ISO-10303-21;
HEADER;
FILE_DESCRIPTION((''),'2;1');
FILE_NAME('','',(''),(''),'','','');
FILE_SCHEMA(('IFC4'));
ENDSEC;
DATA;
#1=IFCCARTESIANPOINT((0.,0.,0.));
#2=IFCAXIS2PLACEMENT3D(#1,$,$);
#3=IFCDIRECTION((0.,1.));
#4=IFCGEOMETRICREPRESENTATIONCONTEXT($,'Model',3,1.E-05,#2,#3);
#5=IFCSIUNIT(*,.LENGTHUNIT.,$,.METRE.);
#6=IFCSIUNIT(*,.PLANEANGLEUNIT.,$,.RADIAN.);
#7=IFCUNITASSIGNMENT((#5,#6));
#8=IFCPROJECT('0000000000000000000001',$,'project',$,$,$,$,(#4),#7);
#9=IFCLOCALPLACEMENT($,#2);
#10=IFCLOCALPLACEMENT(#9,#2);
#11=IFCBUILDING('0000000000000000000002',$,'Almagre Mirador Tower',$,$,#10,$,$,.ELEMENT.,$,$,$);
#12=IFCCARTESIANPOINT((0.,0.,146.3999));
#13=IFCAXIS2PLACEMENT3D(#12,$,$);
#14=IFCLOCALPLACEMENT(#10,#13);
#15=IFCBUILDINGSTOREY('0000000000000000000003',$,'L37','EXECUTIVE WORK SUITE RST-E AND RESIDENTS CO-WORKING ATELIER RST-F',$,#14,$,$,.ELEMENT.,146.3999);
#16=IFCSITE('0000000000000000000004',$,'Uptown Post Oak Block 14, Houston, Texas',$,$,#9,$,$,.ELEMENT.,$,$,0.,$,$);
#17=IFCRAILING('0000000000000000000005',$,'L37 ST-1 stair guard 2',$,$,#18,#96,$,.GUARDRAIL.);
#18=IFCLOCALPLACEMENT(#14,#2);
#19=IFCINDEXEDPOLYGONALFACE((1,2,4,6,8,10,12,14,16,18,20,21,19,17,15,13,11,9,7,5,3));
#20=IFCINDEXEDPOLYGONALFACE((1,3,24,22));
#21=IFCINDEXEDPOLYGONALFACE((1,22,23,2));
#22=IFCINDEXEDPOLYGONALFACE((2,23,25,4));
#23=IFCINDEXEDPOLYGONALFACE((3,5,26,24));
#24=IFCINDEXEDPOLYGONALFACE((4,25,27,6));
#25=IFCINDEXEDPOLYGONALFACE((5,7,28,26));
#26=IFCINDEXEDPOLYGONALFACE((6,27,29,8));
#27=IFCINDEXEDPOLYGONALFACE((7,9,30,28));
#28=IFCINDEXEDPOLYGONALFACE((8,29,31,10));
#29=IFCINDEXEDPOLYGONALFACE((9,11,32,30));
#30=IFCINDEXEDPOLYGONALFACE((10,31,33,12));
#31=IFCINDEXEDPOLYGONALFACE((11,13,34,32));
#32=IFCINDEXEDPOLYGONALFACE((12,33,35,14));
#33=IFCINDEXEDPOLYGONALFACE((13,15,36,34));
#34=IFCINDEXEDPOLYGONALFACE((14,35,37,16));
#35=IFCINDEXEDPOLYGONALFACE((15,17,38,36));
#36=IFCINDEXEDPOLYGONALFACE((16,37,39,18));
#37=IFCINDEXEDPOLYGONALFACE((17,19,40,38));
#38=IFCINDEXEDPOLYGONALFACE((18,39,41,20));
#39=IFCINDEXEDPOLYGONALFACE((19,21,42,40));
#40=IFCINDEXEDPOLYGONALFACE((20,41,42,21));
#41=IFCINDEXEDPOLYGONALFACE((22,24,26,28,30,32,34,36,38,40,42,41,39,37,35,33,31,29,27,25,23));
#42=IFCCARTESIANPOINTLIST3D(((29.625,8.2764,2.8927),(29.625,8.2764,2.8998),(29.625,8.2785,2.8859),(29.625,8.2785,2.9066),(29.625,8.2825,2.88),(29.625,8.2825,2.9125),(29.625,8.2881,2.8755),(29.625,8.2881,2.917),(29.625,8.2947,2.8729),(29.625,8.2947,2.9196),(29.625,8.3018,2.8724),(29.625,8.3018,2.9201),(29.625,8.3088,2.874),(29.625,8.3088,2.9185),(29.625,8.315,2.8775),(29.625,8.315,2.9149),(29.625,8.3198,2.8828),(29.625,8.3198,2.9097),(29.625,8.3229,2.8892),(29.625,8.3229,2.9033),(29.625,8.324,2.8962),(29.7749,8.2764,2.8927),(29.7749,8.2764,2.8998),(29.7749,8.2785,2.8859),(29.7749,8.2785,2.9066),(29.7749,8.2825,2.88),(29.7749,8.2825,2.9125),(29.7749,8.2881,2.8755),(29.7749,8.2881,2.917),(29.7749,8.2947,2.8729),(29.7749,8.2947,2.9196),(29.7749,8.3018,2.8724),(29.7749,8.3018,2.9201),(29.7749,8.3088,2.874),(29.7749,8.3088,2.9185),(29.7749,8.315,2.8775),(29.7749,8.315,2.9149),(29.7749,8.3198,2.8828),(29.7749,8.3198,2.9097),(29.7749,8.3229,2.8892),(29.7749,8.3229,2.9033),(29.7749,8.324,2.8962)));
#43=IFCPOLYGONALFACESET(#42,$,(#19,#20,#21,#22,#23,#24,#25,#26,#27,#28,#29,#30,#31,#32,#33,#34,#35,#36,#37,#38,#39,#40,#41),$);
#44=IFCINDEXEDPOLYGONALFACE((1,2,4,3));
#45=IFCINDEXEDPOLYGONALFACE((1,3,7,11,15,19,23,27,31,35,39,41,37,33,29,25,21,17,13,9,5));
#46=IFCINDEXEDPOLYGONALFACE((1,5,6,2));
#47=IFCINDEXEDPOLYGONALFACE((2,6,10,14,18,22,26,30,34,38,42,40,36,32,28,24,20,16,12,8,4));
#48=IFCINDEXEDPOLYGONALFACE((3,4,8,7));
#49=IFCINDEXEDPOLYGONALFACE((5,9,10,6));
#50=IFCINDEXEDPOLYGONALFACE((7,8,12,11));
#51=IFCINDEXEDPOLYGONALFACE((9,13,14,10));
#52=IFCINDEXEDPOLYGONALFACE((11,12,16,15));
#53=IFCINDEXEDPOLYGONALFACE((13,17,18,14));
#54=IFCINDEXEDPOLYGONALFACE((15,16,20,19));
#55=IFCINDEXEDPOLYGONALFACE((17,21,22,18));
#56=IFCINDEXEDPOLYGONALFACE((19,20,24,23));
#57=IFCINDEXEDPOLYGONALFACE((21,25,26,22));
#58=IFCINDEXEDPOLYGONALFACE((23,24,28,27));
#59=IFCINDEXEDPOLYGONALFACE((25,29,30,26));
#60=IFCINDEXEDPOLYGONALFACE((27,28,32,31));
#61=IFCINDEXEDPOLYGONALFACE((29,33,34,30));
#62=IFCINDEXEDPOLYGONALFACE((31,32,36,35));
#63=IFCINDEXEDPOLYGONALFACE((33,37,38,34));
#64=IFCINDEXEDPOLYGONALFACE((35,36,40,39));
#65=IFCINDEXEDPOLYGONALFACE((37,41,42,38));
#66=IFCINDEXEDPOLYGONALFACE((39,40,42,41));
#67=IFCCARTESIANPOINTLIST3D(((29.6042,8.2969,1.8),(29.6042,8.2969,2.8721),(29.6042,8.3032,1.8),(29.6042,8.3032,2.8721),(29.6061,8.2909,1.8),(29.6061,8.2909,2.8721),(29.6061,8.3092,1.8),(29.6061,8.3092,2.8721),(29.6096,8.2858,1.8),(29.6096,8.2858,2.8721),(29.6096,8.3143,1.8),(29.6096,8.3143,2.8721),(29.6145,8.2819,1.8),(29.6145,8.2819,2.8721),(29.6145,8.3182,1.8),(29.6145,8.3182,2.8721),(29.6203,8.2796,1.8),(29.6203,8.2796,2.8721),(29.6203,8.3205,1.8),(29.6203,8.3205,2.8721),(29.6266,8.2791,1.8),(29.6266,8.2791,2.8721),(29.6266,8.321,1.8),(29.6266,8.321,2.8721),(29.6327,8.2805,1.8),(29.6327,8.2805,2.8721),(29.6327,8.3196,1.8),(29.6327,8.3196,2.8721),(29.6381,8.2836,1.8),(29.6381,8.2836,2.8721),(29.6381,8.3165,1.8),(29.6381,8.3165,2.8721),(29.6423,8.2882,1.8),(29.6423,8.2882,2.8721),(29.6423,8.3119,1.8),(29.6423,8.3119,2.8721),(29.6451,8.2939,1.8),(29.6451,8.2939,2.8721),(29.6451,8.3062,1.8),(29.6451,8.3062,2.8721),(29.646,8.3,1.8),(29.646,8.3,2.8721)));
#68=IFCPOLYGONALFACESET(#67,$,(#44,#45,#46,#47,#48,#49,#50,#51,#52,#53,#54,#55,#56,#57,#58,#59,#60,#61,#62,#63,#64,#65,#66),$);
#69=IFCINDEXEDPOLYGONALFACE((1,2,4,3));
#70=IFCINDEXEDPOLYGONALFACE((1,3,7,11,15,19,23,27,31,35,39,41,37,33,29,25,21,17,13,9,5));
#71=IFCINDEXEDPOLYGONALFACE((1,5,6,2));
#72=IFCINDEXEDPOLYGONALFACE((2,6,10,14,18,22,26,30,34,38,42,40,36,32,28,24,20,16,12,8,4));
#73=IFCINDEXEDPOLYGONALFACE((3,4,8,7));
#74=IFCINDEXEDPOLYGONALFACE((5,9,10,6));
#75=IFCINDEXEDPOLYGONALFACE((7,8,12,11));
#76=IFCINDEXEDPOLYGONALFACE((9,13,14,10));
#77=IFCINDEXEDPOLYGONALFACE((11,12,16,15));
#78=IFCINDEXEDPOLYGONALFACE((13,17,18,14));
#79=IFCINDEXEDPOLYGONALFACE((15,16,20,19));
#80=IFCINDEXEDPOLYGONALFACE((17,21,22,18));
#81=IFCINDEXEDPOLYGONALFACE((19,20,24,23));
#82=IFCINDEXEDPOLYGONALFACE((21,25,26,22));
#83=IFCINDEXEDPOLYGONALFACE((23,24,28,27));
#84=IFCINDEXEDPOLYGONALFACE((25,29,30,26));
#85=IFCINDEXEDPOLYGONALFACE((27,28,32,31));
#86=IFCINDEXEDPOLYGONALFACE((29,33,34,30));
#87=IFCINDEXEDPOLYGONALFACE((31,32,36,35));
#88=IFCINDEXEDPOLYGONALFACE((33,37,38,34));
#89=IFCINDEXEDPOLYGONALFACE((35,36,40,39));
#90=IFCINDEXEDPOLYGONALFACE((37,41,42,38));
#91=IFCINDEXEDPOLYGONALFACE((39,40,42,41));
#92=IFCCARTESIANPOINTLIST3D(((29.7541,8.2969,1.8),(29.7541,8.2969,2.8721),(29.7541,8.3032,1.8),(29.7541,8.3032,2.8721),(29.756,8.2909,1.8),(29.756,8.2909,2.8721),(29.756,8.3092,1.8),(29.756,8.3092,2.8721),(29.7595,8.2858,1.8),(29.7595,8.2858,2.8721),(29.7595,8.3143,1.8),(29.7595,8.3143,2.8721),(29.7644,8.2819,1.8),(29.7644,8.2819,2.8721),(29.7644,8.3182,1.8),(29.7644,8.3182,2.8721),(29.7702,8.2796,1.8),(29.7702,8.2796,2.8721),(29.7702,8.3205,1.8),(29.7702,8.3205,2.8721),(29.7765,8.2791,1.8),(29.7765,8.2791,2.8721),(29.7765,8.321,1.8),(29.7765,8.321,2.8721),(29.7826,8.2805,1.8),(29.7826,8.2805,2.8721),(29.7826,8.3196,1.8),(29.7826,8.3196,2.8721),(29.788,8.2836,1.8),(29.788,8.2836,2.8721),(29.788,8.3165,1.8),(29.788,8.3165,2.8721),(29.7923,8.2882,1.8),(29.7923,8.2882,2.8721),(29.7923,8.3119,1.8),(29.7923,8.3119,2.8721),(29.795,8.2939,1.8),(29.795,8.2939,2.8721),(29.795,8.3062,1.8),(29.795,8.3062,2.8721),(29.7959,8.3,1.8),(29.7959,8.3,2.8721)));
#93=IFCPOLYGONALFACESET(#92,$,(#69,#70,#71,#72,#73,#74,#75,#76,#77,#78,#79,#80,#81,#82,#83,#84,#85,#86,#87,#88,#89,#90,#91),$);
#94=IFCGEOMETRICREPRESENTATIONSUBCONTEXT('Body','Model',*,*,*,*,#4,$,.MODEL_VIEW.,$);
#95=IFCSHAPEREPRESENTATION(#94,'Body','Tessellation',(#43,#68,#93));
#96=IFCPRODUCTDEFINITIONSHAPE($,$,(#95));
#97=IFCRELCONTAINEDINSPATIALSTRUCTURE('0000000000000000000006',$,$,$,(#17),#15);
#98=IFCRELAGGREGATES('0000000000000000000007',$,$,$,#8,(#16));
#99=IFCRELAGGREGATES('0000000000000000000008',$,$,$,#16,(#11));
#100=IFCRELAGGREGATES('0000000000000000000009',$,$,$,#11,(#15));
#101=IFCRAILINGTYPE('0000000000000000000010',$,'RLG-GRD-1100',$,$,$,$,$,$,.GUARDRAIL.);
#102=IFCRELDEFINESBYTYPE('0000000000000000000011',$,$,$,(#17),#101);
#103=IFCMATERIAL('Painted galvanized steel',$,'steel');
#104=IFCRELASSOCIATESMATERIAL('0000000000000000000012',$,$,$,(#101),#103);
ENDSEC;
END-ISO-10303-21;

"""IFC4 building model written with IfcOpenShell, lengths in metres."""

from ifc_helpers import new_model, si_unit, direction, frame, origin, origin_2d, place, context, subcontext, project, spatial, circle, extrude, material, type_object, element, save


model = new_model("IFC4")

# Units and contexts
model_context = context("Model", 3, precision=1e-05, world=origin(), true_north=direction((0.0, 1.0)))
body_context = subcontext(model_context, "Body", "Model", "MODEL_VIEW")
ifc_project = project(units=[si_unit("LENGTHUNIT", "METRE"), si_unit("PLANEANGLEUNIT", "RADIAN")], contexts=[model_context])

# Site, building, storey
site_placement = place(None, origin())
site = spatial("IfcSite", under=ifc_project, at=site_placement, Name="Uptown Post Oak Block 14, Houston, Texas", CompositionType="ELEMENT", RefElevation=0.0)
building_placement = place(site_placement, origin())
building = spatial("IfcBuilding", under=site, at=building_placement, Name="Almagre Mirador Tower", CompositionType="ELEMENT")
storey_placement = place(building_placement, frame((0.0, 0.0, 146.3999)))
storey = spatial("IfcBuildingStorey", under=building, at=storey_placement, Name="L37", Description="EXECUTIVE WORK SUITE RST-E AND RESIDENTS CO-WORKING ATELIER RST-F", CompositionType="ELEMENT", Elevation=146.3999)

# Railing
ifc_material_1 = material(Name="Painted galvanized steel", Category="steel")
railing_type_1 = type_object("IfcRailingType", Name="RLG-GRD-1100", PredefinedType="GUARDRAIL", material=ifc_material_1)
railing_1_placement = place(storey_placement, frame((29.625, 8.3, 1.8)))
element("IfcRailing", 1, at=railing_1_placement, inside=storey, type_object=railing_type_1, Name="L37 ST-1 stair guard 2", PredefinedType="GUARDRAIL", context=body_context, shape_type="SweptSolid", body=[
    extrude(circle(Radius=0.0239, at=origin_2d()), frame((0.0, 0.0, 1.0962), z_axis=(1.0, 0.0, 0.0), x_axis=(0.0, 1.0, 0.0)), (0.0, 0.0, 1.0), 0.1499),
    extrude(circle(Radius=0.021, at=origin_2d()), origin(), (0.0, 0.0, 1.0), 1.072),
    extrude(circle(Radius=0.021, at=origin_2d()), frame((0.1499, 0.0, 0.0)), (0.0, 0.0, 1.0), 1.072),
])

save(model, "model.ifc")
